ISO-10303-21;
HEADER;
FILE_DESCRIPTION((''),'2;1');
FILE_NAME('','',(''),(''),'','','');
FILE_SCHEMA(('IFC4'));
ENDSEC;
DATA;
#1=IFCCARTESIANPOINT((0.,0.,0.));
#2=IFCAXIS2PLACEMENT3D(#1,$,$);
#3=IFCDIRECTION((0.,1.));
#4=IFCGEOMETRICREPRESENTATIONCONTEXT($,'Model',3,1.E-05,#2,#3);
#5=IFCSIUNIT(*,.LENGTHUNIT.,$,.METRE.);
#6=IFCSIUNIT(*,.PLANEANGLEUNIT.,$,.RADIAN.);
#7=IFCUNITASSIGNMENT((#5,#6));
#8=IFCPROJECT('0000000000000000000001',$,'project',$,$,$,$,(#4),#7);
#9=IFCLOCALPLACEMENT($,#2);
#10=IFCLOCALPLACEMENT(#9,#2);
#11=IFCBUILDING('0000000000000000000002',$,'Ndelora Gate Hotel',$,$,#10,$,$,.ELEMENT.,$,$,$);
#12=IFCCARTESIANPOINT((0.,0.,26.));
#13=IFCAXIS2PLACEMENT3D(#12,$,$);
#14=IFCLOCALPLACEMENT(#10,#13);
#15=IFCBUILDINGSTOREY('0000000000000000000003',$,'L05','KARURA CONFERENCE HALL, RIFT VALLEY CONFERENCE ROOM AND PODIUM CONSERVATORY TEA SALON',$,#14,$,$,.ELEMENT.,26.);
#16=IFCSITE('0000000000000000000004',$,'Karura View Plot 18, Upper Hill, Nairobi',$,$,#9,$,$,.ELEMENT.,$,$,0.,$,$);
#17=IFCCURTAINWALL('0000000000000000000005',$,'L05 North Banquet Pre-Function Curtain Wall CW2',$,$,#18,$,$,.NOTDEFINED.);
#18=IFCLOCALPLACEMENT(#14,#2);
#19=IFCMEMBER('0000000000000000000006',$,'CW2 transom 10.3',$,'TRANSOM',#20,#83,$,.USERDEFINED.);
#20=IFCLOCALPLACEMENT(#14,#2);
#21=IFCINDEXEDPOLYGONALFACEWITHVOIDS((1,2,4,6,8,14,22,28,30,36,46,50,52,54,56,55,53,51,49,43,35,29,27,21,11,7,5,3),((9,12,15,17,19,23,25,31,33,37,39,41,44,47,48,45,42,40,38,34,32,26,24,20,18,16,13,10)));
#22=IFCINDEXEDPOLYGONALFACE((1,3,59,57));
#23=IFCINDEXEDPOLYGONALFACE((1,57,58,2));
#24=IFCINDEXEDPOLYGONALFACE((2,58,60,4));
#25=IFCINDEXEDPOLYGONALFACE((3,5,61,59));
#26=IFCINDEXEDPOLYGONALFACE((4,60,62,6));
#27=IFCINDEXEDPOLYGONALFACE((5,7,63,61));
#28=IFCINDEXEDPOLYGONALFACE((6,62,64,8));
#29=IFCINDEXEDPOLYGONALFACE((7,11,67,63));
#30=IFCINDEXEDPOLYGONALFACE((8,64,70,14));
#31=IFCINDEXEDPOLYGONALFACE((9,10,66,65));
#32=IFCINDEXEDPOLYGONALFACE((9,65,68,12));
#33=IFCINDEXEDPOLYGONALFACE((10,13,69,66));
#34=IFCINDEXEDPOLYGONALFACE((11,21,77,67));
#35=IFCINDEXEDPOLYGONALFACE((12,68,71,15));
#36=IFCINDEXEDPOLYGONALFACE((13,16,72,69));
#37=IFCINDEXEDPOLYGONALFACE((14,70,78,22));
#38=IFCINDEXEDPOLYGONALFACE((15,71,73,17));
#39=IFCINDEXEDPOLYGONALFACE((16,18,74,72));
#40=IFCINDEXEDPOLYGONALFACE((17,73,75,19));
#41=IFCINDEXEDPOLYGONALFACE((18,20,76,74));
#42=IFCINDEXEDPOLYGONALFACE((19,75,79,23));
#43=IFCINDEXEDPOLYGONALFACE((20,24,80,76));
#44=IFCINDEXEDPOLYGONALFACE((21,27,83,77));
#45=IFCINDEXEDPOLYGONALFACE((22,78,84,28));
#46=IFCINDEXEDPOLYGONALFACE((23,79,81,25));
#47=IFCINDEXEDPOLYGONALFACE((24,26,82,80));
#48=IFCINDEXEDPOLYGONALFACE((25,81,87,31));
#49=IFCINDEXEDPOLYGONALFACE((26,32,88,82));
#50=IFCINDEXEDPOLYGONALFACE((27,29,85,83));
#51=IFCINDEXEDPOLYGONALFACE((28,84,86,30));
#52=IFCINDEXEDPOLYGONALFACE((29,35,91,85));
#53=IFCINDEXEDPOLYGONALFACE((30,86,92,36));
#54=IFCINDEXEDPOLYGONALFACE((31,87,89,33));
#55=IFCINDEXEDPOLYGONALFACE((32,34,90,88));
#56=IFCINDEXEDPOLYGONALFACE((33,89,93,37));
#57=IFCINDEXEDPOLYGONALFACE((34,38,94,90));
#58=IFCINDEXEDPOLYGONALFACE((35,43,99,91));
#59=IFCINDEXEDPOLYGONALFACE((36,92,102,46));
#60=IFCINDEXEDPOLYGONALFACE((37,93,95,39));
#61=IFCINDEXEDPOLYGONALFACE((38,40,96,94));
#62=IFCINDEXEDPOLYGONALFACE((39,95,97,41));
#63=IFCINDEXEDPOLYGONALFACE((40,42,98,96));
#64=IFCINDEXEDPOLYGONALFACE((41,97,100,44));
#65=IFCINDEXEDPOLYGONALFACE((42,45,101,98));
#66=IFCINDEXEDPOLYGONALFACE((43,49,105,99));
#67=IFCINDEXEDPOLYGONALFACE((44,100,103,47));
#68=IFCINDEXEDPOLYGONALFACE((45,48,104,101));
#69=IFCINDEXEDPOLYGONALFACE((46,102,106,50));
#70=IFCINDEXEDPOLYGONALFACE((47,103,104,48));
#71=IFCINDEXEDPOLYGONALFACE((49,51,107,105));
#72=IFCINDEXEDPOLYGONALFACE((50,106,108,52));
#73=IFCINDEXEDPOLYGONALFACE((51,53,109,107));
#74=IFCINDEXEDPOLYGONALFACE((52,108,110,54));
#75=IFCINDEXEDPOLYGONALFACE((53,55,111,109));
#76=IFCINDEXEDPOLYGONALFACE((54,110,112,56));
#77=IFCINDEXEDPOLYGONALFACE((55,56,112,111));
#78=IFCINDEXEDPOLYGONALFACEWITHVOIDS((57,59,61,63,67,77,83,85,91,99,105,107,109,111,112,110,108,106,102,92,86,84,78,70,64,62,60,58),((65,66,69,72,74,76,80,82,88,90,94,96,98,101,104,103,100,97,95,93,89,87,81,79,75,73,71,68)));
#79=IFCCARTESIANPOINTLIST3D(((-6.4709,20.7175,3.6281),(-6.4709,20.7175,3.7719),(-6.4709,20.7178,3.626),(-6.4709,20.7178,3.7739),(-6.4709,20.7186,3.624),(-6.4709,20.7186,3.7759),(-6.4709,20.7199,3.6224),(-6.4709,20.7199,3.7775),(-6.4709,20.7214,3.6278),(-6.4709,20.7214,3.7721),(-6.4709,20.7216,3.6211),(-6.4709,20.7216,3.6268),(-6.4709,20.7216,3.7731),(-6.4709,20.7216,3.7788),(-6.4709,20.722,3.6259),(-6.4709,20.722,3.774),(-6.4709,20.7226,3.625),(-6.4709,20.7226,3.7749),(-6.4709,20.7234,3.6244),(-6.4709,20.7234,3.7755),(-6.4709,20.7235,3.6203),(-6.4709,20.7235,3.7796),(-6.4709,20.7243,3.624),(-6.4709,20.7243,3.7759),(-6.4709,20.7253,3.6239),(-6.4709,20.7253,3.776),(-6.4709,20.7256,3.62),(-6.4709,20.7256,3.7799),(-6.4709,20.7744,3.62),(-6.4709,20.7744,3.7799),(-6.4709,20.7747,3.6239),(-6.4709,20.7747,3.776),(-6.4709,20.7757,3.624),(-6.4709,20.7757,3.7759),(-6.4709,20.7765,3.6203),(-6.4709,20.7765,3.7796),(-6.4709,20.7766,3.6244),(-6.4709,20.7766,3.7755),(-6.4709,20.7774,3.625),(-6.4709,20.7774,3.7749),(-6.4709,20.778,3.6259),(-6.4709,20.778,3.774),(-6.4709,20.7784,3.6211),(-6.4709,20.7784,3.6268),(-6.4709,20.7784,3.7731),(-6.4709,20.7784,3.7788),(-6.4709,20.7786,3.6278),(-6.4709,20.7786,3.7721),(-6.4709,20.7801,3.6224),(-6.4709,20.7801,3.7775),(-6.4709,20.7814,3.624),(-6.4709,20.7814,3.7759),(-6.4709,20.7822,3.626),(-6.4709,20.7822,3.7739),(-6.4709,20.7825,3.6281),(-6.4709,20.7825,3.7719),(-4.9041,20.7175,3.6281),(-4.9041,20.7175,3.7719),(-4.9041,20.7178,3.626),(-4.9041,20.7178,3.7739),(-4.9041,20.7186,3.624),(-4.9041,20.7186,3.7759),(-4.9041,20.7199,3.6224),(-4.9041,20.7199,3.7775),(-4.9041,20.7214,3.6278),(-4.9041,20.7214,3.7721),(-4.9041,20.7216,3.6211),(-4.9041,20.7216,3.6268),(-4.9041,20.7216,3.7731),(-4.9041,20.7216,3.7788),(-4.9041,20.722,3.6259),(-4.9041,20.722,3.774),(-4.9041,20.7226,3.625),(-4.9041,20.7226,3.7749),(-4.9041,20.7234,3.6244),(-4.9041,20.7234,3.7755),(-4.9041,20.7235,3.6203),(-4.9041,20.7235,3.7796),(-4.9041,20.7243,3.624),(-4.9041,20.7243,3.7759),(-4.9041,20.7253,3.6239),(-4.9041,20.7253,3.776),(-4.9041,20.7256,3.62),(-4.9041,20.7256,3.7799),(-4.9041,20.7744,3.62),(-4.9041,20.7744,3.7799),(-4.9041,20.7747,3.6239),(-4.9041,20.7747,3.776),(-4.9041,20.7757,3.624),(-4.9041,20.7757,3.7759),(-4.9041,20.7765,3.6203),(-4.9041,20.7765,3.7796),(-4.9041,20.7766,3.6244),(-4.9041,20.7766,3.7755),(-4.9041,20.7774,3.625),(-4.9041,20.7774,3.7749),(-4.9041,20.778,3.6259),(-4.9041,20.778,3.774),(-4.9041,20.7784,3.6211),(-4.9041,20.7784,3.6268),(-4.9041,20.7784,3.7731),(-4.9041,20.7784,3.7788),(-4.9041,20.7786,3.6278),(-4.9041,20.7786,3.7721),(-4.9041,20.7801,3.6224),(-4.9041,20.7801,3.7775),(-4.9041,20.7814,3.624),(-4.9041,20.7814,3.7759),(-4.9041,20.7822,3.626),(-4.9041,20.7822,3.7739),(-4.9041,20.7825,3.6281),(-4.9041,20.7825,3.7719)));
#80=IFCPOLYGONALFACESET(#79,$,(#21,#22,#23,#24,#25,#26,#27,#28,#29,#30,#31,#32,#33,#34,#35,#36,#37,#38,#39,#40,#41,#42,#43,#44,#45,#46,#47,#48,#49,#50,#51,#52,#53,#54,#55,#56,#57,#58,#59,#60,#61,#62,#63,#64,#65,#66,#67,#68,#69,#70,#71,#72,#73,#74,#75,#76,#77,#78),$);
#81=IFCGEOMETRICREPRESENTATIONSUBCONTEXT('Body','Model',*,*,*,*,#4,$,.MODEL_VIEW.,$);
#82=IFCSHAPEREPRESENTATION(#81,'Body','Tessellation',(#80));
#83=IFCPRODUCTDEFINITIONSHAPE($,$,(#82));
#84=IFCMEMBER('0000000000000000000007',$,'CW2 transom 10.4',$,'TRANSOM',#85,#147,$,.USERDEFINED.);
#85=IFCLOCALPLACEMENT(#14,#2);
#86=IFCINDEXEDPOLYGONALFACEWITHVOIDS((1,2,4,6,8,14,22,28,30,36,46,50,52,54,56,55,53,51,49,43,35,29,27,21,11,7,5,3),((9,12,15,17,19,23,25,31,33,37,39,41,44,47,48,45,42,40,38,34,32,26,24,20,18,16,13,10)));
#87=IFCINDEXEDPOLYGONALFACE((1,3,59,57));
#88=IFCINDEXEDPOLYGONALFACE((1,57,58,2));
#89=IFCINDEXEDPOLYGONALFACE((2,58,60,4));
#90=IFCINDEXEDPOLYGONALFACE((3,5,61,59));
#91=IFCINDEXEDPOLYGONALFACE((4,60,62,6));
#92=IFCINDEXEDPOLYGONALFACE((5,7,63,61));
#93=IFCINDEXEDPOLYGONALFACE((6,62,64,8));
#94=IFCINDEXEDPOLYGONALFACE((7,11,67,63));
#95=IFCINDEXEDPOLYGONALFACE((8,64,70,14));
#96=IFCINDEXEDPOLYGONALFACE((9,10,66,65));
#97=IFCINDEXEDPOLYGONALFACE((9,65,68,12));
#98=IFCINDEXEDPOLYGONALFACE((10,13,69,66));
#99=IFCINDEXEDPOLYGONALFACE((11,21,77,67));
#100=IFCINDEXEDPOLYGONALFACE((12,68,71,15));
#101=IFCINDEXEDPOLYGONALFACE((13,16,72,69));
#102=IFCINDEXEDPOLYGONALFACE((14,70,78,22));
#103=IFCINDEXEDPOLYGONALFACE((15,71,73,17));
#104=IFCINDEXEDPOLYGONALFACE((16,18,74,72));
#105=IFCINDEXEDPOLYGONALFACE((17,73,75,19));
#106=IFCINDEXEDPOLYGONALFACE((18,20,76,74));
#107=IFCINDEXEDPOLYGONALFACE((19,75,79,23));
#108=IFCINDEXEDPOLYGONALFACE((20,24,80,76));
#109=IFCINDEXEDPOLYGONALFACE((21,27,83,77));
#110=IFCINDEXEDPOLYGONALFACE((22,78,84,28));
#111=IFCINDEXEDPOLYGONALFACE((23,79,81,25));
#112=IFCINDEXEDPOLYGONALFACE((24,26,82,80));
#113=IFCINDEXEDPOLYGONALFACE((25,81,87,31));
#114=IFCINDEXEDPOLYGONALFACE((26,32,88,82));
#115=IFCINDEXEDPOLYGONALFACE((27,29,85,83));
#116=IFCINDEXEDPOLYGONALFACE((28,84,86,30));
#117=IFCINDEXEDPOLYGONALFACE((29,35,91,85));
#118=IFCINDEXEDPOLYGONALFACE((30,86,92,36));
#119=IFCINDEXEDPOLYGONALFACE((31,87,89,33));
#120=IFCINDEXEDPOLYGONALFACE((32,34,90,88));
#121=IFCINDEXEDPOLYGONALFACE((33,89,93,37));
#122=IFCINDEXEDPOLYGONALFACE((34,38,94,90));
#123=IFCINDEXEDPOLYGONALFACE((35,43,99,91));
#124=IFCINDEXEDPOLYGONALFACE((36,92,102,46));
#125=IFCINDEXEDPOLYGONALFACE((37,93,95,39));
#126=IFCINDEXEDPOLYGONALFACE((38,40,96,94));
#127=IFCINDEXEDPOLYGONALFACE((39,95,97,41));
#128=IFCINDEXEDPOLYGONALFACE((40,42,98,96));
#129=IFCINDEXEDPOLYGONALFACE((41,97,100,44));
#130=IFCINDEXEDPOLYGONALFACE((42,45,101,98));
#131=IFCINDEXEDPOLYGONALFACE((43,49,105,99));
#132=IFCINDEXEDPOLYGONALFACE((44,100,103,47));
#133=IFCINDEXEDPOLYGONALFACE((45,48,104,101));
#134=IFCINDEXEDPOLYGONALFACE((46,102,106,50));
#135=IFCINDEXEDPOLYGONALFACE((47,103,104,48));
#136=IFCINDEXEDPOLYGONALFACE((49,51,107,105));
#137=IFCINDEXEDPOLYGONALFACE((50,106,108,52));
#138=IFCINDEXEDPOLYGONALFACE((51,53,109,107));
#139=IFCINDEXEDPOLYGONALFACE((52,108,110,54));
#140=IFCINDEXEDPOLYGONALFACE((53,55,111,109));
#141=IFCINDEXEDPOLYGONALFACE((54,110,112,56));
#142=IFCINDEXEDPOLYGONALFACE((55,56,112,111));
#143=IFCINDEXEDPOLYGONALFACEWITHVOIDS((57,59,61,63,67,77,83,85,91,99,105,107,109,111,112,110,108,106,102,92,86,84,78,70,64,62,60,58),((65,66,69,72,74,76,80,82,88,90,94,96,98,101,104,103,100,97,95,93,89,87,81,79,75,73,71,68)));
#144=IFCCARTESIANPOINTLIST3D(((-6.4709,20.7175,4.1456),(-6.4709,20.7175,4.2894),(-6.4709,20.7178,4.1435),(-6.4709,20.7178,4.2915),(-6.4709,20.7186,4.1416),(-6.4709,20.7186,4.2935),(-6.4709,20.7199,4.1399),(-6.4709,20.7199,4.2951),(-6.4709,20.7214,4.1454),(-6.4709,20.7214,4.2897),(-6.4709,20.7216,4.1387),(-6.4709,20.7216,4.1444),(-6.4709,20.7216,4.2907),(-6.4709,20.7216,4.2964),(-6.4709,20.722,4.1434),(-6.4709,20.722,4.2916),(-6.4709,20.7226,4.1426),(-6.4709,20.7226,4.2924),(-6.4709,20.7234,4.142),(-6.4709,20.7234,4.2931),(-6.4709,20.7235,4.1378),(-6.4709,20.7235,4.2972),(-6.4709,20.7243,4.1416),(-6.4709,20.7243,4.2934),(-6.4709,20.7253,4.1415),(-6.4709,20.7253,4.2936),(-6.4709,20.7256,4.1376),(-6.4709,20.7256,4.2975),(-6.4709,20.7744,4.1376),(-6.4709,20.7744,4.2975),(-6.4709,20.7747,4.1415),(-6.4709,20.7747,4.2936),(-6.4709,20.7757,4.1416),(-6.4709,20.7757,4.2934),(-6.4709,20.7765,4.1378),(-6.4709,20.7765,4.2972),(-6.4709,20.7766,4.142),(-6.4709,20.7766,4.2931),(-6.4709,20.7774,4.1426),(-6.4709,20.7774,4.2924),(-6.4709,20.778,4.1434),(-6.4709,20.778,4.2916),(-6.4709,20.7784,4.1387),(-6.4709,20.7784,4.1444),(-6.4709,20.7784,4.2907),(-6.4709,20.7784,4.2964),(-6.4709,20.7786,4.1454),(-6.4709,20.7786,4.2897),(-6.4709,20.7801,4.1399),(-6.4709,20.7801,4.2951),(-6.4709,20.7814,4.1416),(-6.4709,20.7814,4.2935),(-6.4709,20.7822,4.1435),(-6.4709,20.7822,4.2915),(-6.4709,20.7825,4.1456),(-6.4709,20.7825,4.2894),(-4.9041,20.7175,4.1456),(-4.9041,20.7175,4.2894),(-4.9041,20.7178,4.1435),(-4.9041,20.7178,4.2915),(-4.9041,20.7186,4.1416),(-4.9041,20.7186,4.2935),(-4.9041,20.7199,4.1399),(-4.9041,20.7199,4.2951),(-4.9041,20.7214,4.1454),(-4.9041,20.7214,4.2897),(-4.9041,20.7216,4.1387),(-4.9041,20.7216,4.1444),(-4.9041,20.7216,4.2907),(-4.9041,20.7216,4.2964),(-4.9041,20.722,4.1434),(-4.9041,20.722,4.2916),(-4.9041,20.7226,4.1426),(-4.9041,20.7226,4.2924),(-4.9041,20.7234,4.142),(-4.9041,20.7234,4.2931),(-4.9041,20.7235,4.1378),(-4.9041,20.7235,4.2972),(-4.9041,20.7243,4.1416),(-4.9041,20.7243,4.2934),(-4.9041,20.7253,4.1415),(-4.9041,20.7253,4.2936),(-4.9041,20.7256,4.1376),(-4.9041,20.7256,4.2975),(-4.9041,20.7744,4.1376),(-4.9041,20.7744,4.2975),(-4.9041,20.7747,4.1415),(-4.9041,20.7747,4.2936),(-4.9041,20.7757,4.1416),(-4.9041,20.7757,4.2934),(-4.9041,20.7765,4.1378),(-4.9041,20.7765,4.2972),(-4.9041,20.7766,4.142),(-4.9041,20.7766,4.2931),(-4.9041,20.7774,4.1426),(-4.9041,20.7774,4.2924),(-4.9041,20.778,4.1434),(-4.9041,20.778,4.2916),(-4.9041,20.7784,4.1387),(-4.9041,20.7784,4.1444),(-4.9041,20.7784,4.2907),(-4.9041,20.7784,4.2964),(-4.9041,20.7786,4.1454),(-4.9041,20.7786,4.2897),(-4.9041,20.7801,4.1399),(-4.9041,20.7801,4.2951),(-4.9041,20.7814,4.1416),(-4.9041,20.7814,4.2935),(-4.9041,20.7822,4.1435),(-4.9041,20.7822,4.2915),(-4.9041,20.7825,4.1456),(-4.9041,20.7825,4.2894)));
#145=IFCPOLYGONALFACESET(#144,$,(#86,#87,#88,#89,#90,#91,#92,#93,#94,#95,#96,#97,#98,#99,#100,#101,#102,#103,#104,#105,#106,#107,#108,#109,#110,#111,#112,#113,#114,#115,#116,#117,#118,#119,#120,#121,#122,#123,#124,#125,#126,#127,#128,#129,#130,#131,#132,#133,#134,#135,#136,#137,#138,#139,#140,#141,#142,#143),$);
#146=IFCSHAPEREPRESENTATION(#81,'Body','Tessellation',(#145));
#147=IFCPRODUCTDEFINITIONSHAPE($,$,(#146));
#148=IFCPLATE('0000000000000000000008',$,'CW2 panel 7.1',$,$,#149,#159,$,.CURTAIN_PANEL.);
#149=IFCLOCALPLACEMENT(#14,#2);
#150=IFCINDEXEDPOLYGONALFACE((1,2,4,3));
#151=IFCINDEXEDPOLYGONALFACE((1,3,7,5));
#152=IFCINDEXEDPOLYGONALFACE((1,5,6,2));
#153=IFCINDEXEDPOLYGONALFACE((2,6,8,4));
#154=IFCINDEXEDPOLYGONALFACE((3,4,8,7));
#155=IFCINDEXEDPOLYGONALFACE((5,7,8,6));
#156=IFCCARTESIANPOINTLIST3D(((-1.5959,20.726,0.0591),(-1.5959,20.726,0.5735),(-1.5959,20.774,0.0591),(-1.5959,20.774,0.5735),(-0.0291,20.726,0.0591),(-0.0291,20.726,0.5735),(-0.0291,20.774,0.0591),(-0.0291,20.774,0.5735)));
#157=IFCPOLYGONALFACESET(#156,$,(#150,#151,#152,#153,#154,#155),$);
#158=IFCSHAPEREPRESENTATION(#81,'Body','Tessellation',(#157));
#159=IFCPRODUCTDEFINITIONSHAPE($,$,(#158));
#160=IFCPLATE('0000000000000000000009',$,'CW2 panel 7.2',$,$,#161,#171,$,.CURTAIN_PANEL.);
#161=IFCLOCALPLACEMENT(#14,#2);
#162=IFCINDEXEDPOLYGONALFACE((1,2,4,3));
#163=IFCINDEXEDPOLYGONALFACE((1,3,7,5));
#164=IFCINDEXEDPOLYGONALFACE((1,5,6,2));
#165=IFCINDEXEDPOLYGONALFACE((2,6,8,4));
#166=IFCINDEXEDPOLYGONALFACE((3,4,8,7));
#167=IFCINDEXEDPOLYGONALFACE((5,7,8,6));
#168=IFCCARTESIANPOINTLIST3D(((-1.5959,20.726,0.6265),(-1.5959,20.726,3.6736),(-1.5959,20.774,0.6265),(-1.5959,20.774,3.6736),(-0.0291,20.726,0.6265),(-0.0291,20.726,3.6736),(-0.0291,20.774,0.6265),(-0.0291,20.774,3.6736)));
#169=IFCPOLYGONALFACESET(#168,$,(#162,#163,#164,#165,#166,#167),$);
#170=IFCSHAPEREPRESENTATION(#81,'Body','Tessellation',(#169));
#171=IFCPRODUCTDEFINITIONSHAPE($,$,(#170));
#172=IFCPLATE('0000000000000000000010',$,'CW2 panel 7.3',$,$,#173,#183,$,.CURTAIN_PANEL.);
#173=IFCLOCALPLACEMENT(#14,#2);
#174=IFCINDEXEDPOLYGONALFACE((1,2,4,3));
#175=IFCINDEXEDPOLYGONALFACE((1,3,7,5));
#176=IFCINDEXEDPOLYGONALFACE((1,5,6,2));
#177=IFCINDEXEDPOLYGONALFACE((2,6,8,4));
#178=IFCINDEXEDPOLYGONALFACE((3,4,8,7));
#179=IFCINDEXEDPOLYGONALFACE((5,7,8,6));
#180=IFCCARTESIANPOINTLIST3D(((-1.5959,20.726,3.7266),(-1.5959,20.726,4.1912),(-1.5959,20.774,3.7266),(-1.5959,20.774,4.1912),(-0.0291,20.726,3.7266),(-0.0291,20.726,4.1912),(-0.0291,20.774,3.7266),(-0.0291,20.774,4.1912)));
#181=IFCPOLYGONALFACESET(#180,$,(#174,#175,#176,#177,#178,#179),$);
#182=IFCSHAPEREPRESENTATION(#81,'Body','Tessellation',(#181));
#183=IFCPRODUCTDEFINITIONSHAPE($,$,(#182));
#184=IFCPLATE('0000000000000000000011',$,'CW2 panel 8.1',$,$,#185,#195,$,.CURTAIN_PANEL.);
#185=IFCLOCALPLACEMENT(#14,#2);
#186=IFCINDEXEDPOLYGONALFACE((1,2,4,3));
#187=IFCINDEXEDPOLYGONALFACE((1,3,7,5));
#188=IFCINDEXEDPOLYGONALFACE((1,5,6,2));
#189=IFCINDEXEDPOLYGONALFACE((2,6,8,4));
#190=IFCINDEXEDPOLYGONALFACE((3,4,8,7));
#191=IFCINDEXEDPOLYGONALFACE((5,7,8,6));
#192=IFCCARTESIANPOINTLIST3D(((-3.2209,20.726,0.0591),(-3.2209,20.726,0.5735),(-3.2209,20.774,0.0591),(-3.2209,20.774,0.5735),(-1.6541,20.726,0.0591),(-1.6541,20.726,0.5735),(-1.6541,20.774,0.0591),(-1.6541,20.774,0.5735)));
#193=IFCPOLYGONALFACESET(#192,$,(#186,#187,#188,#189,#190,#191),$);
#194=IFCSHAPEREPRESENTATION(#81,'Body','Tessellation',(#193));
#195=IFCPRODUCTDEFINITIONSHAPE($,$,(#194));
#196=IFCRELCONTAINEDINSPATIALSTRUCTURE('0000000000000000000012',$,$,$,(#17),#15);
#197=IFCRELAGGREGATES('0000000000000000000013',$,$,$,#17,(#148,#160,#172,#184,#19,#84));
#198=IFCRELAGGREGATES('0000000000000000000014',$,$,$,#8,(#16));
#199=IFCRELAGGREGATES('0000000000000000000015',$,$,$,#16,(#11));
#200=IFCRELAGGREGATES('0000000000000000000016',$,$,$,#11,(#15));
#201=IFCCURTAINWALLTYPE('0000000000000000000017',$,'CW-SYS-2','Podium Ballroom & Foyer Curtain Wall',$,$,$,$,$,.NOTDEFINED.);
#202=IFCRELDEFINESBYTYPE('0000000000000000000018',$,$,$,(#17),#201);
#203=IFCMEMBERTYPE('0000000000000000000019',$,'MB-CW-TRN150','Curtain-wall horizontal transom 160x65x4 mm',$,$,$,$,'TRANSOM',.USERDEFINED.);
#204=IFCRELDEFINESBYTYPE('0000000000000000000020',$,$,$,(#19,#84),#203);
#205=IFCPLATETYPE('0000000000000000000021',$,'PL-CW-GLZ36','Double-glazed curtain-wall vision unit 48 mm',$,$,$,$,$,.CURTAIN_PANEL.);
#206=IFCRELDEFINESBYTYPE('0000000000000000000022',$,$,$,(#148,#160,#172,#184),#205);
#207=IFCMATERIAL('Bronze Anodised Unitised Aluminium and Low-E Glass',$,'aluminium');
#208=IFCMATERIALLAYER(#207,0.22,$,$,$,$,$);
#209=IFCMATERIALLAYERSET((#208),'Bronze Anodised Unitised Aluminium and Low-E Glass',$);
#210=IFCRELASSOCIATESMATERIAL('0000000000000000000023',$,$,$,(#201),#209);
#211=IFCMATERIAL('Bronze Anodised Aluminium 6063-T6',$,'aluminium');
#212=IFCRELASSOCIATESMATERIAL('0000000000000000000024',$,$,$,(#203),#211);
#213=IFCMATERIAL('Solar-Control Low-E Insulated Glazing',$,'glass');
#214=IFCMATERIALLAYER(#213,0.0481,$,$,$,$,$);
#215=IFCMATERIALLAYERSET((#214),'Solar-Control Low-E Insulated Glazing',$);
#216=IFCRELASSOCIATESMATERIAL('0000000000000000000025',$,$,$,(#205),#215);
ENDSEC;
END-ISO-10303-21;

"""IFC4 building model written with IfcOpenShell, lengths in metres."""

from ifc_helpers import new_model, si_unit, direction, frame, origin, origin_2d, place, context, subcontext, project, spatial, rectangle, hollow_rectangle, extrude, material, layer, layer_set, material_profile, profile_set, type_object, element, aggregate, save


model = new_model("IFC4")

# Units and contexts
model_context = context("Model", 3, precision=1e-05, world=origin(), true_north=direction((0.0, 1.0)))
body_context = subcontext(model_context, "Body", "Model", "MODEL_VIEW")
ifc_project = project(units=[si_unit("LENGTHUNIT", "METRE"), si_unit("PLANEANGLEUNIT", "RADIAN")], contexts=[model_context])

# Site, building, storey
site_placement = place(None, origin())
site = spatial("IfcSite", under=ifc_project, at=site_placement, Name="Karura View Plot 18, Upper Hill, Nairobi", CompositionType="ELEMENT", RefElevation=0.0)
building_placement = place(site_placement, origin())
building = spatial("IfcBuilding", under=site, at=building_placement, Name="Ndelora Gate Hotel", CompositionType="ELEMENT")
storey_placement = place(building_placement, frame((0.0, 0.0, 26.0)))
storey = spatial("IfcBuildingStorey", under=building, at=storey_placement, Name="L05", Description="KARURA CONFERENCE HALL, RIFT VALLEY CONFERENCE ROOM AND PODIUM CONSERVATORY TEA SALON", CompositionType="ELEMENT", Elevation=26.0)

# Curtain wall, members, plates
ifc_material_1 = material(Name="Bronze Anodised Unitised Aluminium and Low-E Glass", Category="aluminium")
ifc_layer_1 = layer(ifc_material_1, 0.22)
ifc_layer_set_1 = layer_set([ifc_layer_1], Name="Bronze Anodised Unitised Aluminium and Low-E Glass")
curtain_wall_type = type_object("IfcCurtainWallType", Name="CW-SYS-2", Description="Podium Ballroom & Foyer Curtain Wall", PredefinedType="NOTDEFINED", material=ifc_layer_set_1)
curtain_wall_placement = place(storey_placement, origin())
curtain_wall = element("IfcCurtainWall", 1, at=curtain_wall_placement, inside=storey, type_object=curtain_wall_type, Name="L05 North Banquet Pre-Function Curtain Wall CW2", PredefinedType="NOTDEFINED")
ifc_material_2 = material(Name="Bronze Anodised Aluminium 6063-T6", Category="aluminium")
ifc_material_profile_1 = material_profile(ifc_material_2, hollow_rectangle(XDim=0.0649, YDim=0.1599, WallThickness=0.0039, InnerFilletRadius=0.0039, OuterFilletRadius=0.0081, at=origin_2d()), Name="ALU 160x65x4")
ifc_profile_set_1 = profile_set([ifc_material_profile_1], Name="Bronze Anodised Aluminium 6063-T6")
member_type_1 = type_object("IfcMemberType", Name="MB-CW-TRN150", Description="Curtain-wall horizontal transom 160x65x4 mm", ElementType="TRANSOM", PredefinedType="USERDEFINED", material=ifc_profile_set_1)
member_1_placement = place(storey_placement, frame((-4.9041, 20.75, 3.7), z_axis=(-1.0, 0.0, 0.0), x_axis=(0.0, -1.0, 0.0)))
member_1 = element("IfcMember", 2, at=member_1_placement, type_object=member_type_1, Name="CW2 transom 10.3", ObjectType="TRANSOM", PredefinedType="USERDEFINED", context=body_context, shape_type="SweptSolid", body=[
    extrude(hollow_rectangle(XDim=0.0649, YDim=0.1599, WallThickness=0.0039, InnerFilletRadius=0.0039, OuterFilletRadius=0.0081, at=origin_2d()), origin(), (0.0, 0.0, 1.0), 1.5669),
])
member_2_placement = place(storey_placement, frame((-4.9041, 20.75, 4.2175), z_axis=(-1.0, 0.0, 0.0), x_axis=(0.0, -1.0, 0.0)))
member_2 = element("IfcMember", 3, at=member_2_placement, type_object=member_type_1, Name="CW2 transom 10.4", ObjectType="TRANSOM", PredefinedType="USERDEFINED", context=body_context, shape_type="SweptSolid", body=[
    extrude(hollow_rectangle(XDim=0.0649, YDim=0.1599, WallThickness=0.0039, InnerFilletRadius=0.0039, OuterFilletRadius=0.0081, at=origin_2d()), origin(), (0.0, 0.0, 1.0), 1.5669),
])
ifc_material_3 = material(Name="Solar-Control Low-E Insulated Glazing", Category="glass")
ifc_layer_2 = layer(ifc_material_3, 0.0481)
ifc_layer_set_2 = layer_set([ifc_layer_2], Name="Solar-Control Low-E Insulated Glazing")
plate_type = type_object("IfcPlateType", Name="PL-CW-GLZ36", Description="Double-glazed curtain-wall vision unit 48 mm", PredefinedType="CURTAIN_PANEL", material=ifc_layer_set_2)
plate_1_placement = place(storey_placement, frame((-0.8125, 20.75, 0.0591), z_axis=(0.0, 0.0, 1.0), x_axis=(-1.0, 0.0, 0.0)))
plate_1 = element("IfcPlate", 4, at=plate_1_placement, type_object=plate_type, Name="CW2 panel 7.1", PredefinedType="CURTAIN_PANEL", context=body_context, shape_type="SweptSolid", body=[
    extrude(rectangle(XDim=1.5669, YDim=0.0481, at=origin_2d()), origin(), (0.0, 0.0, 1.0), 0.5144),
])
plate_2_placement = place(storey_placement, frame((-0.8125, 20.75, 0.6265), z_axis=(0.0, 0.0, 1.0), x_axis=(-1.0, 0.0, 0.0)))
plate_2 = element("IfcPlate", 5, at=plate_2_placement, type_object=plate_type, Name="CW2 panel 7.2", PredefinedType="CURTAIN_PANEL", context=body_context, shape_type="SweptSolid", body=[
    extrude(rectangle(XDim=1.5669, YDim=0.0481, at=origin_2d()), origin(), (0.0, 0.0, 1.0), 3.0471),
])
plate_3_placement = place(storey_placement, frame((-0.8125, 20.75, 3.7266), z_axis=(0.0, 0.0, 1.0), x_axis=(-1.0, 0.0, 0.0)))
plate_3 = element("IfcPlate", 6, at=plate_3_placement, type_object=plate_type, Name="CW2 panel 7.3", PredefinedType="CURTAIN_PANEL", context=body_context, shape_type="SweptSolid", body=[
    extrude(rectangle(XDim=1.5669, YDim=0.0481, at=origin_2d()), origin(), (0.0, 0.0, 1.0), 0.4646),
])
plate_4_placement = place(storey_placement, frame((-2.4375, 20.75, 0.0591), z_axis=(0.0, 0.0, 1.0), x_axis=(-1.0, 0.0, 0.0)))
plate_4 = element("IfcPlate", 7, at=plate_4_placement, type_object=plate_type, Name="CW2 panel 8.1", PredefinedType="CURTAIN_PANEL", context=body_context, shape_type="SweptSolid", body=[
    extrude(rectangle(XDim=1.5669, YDim=0.0481, at=origin_2d()), origin(), (0.0, 0.0, 1.0), 0.5144),
])
aggregate(curtain_wall, [plate_1, plate_2, plate_3, plate_4, member_1, member_2])

save(model, "model.ifc")
